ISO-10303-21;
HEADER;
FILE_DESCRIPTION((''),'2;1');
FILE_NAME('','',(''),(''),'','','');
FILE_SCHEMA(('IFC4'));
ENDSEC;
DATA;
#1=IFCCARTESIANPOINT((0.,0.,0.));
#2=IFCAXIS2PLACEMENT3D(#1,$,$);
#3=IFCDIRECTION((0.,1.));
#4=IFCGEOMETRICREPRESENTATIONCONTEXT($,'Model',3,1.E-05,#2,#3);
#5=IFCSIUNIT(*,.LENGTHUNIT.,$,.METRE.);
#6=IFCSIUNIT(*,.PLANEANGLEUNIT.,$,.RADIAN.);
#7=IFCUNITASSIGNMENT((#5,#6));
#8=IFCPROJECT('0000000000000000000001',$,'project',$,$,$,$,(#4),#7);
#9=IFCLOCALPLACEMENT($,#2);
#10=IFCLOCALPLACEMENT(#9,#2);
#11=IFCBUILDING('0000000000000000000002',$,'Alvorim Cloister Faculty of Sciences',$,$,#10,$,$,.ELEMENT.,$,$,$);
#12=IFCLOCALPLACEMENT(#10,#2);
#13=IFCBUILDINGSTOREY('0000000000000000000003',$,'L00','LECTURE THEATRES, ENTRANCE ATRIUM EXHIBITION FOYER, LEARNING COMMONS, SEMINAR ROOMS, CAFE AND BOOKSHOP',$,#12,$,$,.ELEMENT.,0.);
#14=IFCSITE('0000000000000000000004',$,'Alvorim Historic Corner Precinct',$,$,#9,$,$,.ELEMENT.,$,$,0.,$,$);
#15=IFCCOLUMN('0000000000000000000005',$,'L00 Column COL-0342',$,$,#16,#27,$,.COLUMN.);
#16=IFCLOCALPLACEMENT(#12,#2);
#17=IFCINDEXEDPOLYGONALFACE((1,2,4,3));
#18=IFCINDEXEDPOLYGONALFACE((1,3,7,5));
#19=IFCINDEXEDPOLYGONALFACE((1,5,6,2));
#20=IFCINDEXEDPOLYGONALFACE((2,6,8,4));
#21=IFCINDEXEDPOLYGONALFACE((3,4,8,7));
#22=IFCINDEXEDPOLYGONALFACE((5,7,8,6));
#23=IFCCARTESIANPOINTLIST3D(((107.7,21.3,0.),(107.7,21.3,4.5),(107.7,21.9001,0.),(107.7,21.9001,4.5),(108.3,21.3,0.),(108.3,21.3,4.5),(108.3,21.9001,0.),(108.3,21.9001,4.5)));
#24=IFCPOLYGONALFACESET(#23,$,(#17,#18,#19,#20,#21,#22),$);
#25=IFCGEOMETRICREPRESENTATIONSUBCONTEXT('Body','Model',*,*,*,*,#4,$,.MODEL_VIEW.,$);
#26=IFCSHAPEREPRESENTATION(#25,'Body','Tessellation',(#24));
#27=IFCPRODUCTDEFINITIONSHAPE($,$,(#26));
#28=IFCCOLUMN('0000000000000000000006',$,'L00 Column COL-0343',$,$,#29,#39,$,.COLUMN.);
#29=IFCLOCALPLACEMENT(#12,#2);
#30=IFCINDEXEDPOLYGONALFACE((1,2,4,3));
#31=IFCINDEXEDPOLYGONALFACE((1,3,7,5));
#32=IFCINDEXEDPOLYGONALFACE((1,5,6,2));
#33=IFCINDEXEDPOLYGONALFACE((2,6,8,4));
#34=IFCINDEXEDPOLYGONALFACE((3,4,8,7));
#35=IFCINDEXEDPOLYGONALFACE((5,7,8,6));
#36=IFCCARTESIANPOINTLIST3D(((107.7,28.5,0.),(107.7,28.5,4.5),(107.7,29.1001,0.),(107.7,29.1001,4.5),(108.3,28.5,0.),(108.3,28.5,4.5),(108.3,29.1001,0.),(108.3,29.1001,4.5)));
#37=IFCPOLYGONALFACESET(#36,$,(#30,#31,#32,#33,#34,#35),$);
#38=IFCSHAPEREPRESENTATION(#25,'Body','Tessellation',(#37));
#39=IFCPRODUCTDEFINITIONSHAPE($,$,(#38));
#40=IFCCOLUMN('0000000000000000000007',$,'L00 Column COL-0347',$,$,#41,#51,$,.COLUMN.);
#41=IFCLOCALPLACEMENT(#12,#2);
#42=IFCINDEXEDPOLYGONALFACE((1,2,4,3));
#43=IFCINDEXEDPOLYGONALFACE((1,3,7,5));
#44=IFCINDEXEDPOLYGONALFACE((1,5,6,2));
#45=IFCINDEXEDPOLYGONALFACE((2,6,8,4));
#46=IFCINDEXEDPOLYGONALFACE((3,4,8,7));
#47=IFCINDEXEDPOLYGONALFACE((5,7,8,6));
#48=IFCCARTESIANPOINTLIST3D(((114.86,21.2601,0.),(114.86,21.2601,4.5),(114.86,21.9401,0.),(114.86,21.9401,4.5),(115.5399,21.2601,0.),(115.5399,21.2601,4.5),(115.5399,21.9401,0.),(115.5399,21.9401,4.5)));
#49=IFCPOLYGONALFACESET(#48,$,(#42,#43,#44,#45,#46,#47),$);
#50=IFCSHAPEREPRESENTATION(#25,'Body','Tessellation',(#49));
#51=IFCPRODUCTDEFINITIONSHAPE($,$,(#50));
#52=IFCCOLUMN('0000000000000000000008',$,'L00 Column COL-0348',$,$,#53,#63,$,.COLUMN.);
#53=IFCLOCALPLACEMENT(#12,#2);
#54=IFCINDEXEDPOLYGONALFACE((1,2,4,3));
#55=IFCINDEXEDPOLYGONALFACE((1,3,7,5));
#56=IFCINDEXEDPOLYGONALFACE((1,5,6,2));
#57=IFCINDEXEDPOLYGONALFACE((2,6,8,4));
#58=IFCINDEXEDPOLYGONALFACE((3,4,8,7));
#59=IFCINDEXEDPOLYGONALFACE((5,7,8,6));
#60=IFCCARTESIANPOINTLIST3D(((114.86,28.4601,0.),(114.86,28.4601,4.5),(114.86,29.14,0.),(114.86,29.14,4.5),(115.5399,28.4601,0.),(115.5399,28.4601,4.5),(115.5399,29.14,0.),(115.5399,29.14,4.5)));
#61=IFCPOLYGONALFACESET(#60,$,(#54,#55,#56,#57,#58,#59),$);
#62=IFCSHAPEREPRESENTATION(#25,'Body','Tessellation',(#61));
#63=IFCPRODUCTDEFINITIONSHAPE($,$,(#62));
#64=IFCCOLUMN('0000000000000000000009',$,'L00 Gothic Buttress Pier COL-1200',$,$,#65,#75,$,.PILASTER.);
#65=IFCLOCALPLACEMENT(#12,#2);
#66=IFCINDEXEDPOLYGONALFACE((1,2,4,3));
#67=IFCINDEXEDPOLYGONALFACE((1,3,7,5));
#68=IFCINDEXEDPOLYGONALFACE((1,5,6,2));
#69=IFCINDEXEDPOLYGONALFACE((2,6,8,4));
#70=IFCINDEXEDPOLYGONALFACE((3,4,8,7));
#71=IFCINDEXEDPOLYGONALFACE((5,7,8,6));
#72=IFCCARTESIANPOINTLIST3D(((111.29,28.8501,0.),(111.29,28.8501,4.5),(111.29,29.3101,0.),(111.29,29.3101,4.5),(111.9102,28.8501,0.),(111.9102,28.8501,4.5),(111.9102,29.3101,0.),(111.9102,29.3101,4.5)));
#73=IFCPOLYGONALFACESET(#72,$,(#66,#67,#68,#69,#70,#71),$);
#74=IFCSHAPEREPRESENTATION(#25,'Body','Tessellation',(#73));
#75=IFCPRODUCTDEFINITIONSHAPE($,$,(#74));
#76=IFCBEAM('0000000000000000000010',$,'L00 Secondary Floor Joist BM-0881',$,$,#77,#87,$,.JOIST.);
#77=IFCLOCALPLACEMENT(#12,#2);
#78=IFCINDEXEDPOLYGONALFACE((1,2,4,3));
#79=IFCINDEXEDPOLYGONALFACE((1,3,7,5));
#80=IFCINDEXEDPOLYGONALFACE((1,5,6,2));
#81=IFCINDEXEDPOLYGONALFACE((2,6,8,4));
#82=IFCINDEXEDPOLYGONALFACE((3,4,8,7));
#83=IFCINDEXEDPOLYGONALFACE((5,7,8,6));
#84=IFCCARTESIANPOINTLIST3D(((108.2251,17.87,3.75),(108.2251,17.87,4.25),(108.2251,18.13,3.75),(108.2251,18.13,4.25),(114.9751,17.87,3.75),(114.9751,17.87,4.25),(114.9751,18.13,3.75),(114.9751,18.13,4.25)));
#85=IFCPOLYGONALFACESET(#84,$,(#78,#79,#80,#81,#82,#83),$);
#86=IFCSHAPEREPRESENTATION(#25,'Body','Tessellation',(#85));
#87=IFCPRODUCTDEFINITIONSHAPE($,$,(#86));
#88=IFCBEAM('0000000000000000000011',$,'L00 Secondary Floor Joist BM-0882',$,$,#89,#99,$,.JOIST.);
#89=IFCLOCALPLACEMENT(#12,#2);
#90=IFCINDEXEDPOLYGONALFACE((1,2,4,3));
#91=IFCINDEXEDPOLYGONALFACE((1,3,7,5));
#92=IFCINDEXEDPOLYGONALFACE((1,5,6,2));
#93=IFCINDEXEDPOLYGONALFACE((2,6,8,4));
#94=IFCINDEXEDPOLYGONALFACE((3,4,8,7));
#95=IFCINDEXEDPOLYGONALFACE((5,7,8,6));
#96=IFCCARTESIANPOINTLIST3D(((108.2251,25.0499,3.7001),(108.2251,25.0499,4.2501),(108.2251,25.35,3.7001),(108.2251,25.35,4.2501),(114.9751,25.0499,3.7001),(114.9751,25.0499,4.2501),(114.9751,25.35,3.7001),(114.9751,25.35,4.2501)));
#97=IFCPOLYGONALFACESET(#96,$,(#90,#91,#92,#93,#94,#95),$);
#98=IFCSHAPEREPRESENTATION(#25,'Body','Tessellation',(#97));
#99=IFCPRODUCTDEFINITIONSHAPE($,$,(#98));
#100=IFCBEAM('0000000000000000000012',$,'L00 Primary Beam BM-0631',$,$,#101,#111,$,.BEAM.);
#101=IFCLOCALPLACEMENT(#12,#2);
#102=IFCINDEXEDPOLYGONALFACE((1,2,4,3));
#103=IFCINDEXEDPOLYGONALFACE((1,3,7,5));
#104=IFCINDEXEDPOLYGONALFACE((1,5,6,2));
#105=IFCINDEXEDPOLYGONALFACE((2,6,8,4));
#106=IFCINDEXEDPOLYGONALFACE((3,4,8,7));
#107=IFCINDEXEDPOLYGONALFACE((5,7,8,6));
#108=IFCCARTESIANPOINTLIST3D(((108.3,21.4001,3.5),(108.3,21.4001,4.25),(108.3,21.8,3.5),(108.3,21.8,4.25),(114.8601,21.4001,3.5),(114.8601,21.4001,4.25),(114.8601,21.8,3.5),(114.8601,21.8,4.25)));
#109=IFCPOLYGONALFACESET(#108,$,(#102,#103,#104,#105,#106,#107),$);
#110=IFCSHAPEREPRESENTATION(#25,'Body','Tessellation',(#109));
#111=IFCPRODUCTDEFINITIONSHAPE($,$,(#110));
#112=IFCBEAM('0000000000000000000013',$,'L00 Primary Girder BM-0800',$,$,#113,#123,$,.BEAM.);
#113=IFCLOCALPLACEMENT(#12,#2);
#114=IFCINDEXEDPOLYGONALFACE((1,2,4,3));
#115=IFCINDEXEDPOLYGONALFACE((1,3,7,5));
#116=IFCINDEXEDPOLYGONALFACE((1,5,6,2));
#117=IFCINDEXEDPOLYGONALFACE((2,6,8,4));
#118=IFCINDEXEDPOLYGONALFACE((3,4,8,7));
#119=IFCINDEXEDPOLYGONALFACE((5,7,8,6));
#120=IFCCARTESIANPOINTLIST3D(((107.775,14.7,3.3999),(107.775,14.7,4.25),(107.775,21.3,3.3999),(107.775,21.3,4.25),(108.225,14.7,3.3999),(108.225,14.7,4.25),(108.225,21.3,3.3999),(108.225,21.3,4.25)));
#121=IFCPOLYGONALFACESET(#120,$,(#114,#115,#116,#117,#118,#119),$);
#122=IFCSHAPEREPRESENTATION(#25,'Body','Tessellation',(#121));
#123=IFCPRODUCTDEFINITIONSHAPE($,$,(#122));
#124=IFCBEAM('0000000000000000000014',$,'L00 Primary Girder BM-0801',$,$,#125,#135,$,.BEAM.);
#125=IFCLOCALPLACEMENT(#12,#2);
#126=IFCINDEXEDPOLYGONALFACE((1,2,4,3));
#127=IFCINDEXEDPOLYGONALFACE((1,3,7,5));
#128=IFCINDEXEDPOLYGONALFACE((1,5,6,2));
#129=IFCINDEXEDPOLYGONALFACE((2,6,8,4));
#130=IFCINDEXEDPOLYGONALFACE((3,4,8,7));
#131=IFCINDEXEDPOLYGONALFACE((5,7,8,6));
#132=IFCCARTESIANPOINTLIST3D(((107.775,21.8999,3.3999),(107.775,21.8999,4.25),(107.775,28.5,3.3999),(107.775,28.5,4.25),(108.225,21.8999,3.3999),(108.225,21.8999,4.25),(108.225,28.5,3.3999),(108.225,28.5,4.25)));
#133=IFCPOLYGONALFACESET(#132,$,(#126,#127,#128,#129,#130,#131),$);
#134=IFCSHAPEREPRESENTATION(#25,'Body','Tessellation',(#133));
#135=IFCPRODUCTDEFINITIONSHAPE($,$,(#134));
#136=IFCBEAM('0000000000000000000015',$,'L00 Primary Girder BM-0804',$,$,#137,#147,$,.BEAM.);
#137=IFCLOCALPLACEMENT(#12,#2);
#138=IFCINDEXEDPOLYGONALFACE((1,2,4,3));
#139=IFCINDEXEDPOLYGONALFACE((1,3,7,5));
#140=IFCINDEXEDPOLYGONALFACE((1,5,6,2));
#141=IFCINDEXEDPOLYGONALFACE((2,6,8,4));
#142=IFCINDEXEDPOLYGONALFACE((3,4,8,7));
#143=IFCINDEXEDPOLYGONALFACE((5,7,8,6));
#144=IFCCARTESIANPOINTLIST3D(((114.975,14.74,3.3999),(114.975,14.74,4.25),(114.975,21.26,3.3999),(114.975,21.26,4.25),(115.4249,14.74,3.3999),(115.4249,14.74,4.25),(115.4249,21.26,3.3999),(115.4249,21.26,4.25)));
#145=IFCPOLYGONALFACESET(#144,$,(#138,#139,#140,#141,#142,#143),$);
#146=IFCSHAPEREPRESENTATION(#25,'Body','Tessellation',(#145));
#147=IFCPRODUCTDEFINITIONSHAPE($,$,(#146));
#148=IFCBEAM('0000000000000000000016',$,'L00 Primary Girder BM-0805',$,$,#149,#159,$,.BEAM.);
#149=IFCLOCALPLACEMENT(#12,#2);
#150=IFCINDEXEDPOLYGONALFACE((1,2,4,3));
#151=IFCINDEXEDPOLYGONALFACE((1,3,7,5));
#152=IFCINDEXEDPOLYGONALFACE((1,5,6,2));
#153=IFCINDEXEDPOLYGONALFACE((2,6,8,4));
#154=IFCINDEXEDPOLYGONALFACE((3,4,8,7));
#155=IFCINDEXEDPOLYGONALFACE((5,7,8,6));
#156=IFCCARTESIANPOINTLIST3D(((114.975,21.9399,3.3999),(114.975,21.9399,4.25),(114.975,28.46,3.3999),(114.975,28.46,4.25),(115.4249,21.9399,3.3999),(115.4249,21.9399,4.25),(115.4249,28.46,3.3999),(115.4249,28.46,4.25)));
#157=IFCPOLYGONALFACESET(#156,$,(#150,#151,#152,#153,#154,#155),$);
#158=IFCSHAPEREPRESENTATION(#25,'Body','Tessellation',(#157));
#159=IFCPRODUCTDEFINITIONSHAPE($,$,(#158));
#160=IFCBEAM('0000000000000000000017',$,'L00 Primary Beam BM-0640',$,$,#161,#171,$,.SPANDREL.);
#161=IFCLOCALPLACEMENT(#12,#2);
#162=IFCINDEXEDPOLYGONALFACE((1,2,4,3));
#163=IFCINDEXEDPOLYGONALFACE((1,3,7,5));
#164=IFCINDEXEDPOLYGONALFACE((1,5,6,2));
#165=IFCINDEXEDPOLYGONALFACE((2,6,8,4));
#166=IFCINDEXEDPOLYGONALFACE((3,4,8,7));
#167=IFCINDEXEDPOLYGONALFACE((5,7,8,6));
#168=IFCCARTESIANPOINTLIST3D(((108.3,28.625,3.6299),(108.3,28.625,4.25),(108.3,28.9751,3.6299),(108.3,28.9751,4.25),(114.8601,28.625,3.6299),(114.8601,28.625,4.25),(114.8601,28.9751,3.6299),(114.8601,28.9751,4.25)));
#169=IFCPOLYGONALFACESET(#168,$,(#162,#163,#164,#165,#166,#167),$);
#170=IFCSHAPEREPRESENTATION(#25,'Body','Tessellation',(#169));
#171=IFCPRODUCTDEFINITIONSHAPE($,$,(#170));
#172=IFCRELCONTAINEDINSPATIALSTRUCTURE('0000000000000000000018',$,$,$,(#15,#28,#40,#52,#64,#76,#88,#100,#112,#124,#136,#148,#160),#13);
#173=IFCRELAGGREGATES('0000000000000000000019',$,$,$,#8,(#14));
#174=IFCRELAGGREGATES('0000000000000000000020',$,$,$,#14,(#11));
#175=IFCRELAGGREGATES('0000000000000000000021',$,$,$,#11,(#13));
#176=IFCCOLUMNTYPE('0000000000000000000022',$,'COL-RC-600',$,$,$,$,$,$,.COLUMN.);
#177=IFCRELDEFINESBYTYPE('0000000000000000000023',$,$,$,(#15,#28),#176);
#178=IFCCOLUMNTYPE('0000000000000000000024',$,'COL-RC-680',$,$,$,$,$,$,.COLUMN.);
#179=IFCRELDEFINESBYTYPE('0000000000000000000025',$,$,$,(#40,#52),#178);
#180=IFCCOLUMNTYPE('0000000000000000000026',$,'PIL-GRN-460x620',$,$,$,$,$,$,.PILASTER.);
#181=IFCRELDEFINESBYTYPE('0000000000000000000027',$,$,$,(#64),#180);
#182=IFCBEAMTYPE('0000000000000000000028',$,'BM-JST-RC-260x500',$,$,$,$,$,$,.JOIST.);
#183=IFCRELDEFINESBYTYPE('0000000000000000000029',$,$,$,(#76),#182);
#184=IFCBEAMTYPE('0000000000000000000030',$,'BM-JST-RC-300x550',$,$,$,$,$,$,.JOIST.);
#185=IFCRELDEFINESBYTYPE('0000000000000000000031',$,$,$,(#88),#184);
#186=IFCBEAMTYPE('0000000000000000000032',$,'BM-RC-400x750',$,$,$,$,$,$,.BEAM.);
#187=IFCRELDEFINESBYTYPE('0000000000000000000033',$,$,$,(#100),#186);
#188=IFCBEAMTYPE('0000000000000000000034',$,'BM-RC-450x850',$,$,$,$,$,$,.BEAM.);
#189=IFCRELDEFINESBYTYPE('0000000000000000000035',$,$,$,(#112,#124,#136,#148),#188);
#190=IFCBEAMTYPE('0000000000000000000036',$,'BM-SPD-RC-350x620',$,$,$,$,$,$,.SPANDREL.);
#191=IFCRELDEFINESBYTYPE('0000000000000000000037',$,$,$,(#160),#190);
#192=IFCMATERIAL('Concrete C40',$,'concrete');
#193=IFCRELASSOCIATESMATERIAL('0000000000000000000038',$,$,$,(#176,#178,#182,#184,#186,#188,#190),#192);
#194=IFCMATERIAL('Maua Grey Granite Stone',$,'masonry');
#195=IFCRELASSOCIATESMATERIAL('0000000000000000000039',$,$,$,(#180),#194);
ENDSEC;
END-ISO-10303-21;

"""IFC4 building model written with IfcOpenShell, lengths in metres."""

from ifc_helpers import new_model, si_unit, direction, frame, origin, origin_2d, place, context, subcontext, project, spatial, rectangle, extrude, material, material_profile, profile_set, type_object, element, save


model = new_model("IFC4")

# Units and contexts
model_context = context("Model", 3, precision=1e-05, world=origin(), true_north=direction((0.0, 1.0)))
body_context = subcontext(model_context, "Body", "Model", "MODEL_VIEW")
ifc_project = project(units=[si_unit("LENGTHUNIT", "METRE"), si_unit("PLANEANGLEUNIT", "RADIAN")], contexts=[model_context])

# Site, building, storey
site_placement = place(None, origin())
site = spatial("IfcSite", under=ifc_project, at=site_placement, Name="Alvorim Historic Corner Precinct", CompositionType="ELEMENT", RefElevation=0.0)
building_placement = place(site_placement, origin())
building = spatial("IfcBuilding", under=site, at=building_placement, Name="Alvorim Cloister Faculty of Sciences", CompositionType="ELEMENT")
storey_placement = place(building_placement, origin())
storey = spatial("IfcBuildingStorey", under=building, at=storey_placement, Name="L00", Description="LECTURE THEATRES, ENTRANCE ATRIUM EXHIBITION FOYER, LEARNING COMMONS, SEMINAR ROOMS, CAFE AND BOOKSHOP", CompositionType="ELEMENT", Elevation=0.0)

# Columns
ifc_material_1 = material(Name="Concrete C40", Category="concrete")
ifc_material_profile_1 = material_profile(ifc_material_1, rectangle(XDim=0.6001, YDim=0.6001, at=origin_2d()), Name="RC40-COL-600x600")
ifc_profile_set_1 = profile_set([ifc_material_profile_1], Name="Concrete C40")
column_type_1 = type_object("IfcColumnType", Name="COL-RC-600", PredefinedType="COLUMN", material=ifc_profile_set_1)
for number, where, z_axis, x_axis, name in (
    (1, (108.0, 21.6001, 0.0), (0.0, 0.0, 1.0), (1.0, 0.0, 0.0), "L00 Column COL-0342"),
    (2, (108.0, 28.8, 0.0), (0.0, 0.0, 1.0), (1.0, 0.0, 0.0), "L00 Column COL-0343"),
):
    element("IfcColumn", number, at=place(storey_placement, frame(where, z_axis=z_axis, x_axis=x_axis)), inside=storey, type_object=column_type_1, Name=name, PredefinedType="COLUMN", context=body_context, shape_type="SweptSolid", body=[
        extrude(rectangle(XDim=0.6001, YDim=0.6001, at=origin_2d()), origin(), (0.0, 0.0, 1.0), 4.5),
    ])
ifc_material_profile_2 = material_profile(ifc_material_1, rectangle(XDim=0.6799, YDim=0.6799, at=origin_2d()), Name="RC40-COL-680x680")
ifc_profile_set_2 = profile_set([ifc_material_profile_2], Name="Concrete C40")
column_type_2 = type_object("IfcColumnType", Name="COL-RC-680", PredefinedType="COLUMN", material=ifc_profile_set_2)
for number, where, z_axis, x_axis, name in (
    (3, (115.2, 21.6001, 0.0), (0.0, 0.0, 1.0), (1.0, 0.0, 0.0), "L00 Column COL-0347"),
    (4, (115.2, 28.8, 0.0), (0.0, 0.0, 1.0), (1.0, 0.0, 0.0), "L00 Column COL-0348"),
):
    element("IfcColumn", number, at=place(storey_placement, frame(where, z_axis=z_axis, x_axis=x_axis)), inside=storey, type_object=column_type_2, Name=name, PredefinedType="COLUMN", context=body_context, shape_type="SweptSolid", body=[
        extrude(rectangle(XDim=0.6799, YDim=0.6799, at=origin_2d()), origin(), (0.0, 0.0, 1.0), 4.5),
    ])
ifc_material_2 = material(Name="Maua Grey Granite Stone", Category="masonry")
ifc_material_profile_3 = material_profile(ifc_material_2, rectangle(XDim=0.46, YDim=0.6201, at=origin_2d()), Name="GRN-PIER-460x620")
ifc_profile_set_3 = profile_set([ifc_material_profile_3], Name="Maua Grey Granite Stone")
column_type_3 = type_object("IfcColumnType", Name="PIL-GRN-460x620", PredefinedType="PILASTER", material=ifc_profile_set_3)
column_placement = place(storey_placement, frame((111.6001, 29.0801, 0.0), z_axis=(0.0, 0.0, 1.0), x_axis=(0.0, 1.0, 0.0)))
element("IfcColumn", 5, at=column_placement, inside=storey, type_object=column_type_3, Name="L00 Gothic Buttress Pier COL-1200", PredefinedType="PILASTER", context=body_context, shape_type="SweptSolid", body=[
    extrude(rectangle(XDim=0.46, YDim=0.6201, at=origin_2d()), origin(), (0.0, 0.0, 1.0), 4.5),
])

# Beams
ifc_material_profile_4 = material_profile(ifc_material_1, rectangle(XDim=0.26, YDim=0.5, at=origin_2d()), Name="RC40-JST-260x500")
ifc_profile_set_4 = profile_set([ifc_material_profile_4], Name="Concrete C40")
beam_type_1 = type_object("IfcBeamType", Name="BM-JST-RC-260x500", PredefinedType="JOIST", material=ifc_profile_set_4)
beam_1_placement = place(storey_placement, frame((108.2251, 18.0, 4.0), z_axis=(1.0, 0.0, 0.0), x_axis=(0.0, 1.0, 0.0)))
element("IfcBeam", 6, at=beam_1_placement, inside=storey, type_object=beam_type_1, Name="L00 Secondary Floor Joist BM-0881", PredefinedType="JOIST", context=body_context, shape_type="SweptSolid", body=[
    extrude(rectangle(XDim=0.26, YDim=0.5, at=origin_2d()), origin(), (0.0, 0.0, 1.0), 6.75),
])
ifc_material_profile_5 = material_profile(ifc_material_1, rectangle(XDim=0.3, YDim=0.55, at=origin_2d()), Name="RC40-JST-300x550")
ifc_profile_set_5 = profile_set([ifc_material_profile_5], Name="Concrete C40")
beam_type_2 = type_object("IfcBeamType", Name="BM-JST-RC-300x550", PredefinedType="JOIST", material=ifc_profile_set_5)
beam_2_placement = place(storey_placement, frame((108.2251, 25.2, 3.9751), z_axis=(1.0, 0.0, 0.0), x_axis=(0.0, 1.0, 0.0)))
element("IfcBeam", 7, at=beam_2_placement, inside=storey, type_object=beam_type_2, Name="L00 Secondary Floor Joist BM-0882", PredefinedType="JOIST", context=body_context, shape_type="SweptSolid", body=[
    extrude(rectangle(XDim=0.3, YDim=0.55, at=origin_2d()), origin(), (0.0, 0.0, 1.0), 6.75),
])
ifc_material_profile_6 = material_profile(ifc_material_1, rectangle(XDim=0.3999, YDim=0.75, at=origin_2d()), Name="RC40-BM-400x750")
ifc_profile_set_6 = profile_set([ifc_material_profile_6], Name="Concrete C40")
beam_type_3 = type_object("IfcBeamType", Name="BM-RC-400x750", PredefinedType="BEAM", material=ifc_profile_set_6)
beam_3_placement = place(storey_placement, frame((108.3, 21.6001, 3.875), z_axis=(1.0, 0.0, 0.0), x_axis=(0.0, 1.0, 0.0)))
element("IfcBeam", 8, at=beam_3_placement, inside=storey, type_object=beam_type_3, Name="L00 Primary Beam BM-0631", PredefinedType="BEAM", context=body_context, shape_type="SweptSolid", body=[
    extrude(rectangle(XDim=0.3999, YDim=0.75, at=origin_2d()), origin(), (0.0, 0.0, 1.0), 6.5601),
])
ifc_material_profile_7 = material_profile(ifc_material_1, rectangle(XDim=0.45, YDim=0.8501, at=origin_2d()), Name="RC40-BM-450x850")
ifc_profile_set_7 = profile_set([ifc_material_profile_7], Name="Concrete C40")
beam_type_4 = type_object("IfcBeamType", Name="BM-RC-450x850", PredefinedType="BEAM", material=ifc_profile_set_7)
for number, where, z_axis, x_axis, name in (
    (9, (108.0, 14.7, 3.825), (0.0, 1.0, 0.0), (-1.0, 0.0, 0.0), "L00 Primary Girder BM-0800"),
    (10, (108.0, 21.8999, 3.825), (0.0, 1.0, 0.0), (-1.0, 0.0, 0.0), "L00 Primary Girder BM-0801"),
):
    element("IfcBeam", number, at=place(storey_placement, frame(where, z_axis=z_axis, x_axis=x_axis)), inside=storey, type_object=beam_type_4, Name=name, PredefinedType="BEAM", context=body_context, shape_type="SweptSolid", body=[
        extrude(rectangle(XDim=0.45, YDim=0.8501, at=origin_2d()), origin(), (0.0, 0.0, 1.0), 6.6001),
    ])
for number, where, z_axis, x_axis, name in (
    (11, (115.2, 14.74, 3.825), (0.0, 1.0, 0.0), (-1.0, 0.0, 0.0), "L00 Primary Girder BM-0804"),
    (12, (115.2, 21.9399, 3.825), (0.0, 1.0, 0.0), (-1.0, 0.0, 0.0), "L00 Primary Girder BM-0805"),
):
    element("IfcBeam", number, at=place(storey_placement, frame(where, z_axis=z_axis, x_axis=x_axis)), inside=storey, type_object=beam_type_4, Name=name, PredefinedType="BEAM", context=body_context, shape_type="SweptSolid", body=[
        extrude(rectangle(XDim=0.45, YDim=0.8501, at=origin_2d()), origin(), (0.0, 0.0, 1.0), 6.52),
    ])
ifc_material_profile_8 = material_profile(ifc_material_1, rectangle(XDim=0.3501, YDim=0.6201, at=origin_2d()), Name="RC40-SPD-350x620")
ifc_profile_set_8 = profile_set([ifc_material_profile_8], Name="Concrete C40")
beam_type_5 = type_object("IfcBeamType", Name="BM-SPD-RC-350x620", PredefinedType="SPANDREL", material=ifc_profile_set_8)
beam_4_placement = place(storey_placement, frame((108.3, 28.8, 3.9399), z_axis=(1.0, 0.0, 0.0), x_axis=(0.0, 1.0, 0.0)))
element("IfcBeam", 13, at=beam_4_placement, inside=storey, type_object=beam_type_5, Name="L00 Primary Beam BM-0640", PredefinedType="SPANDREL", context=body_context, shape_type="SweptSolid", body=[
    extrude(rectangle(XDim=0.3501, YDim=0.6201, at=origin_2d()), origin(), (0.0, 0.0, 1.0), 6.5601),
])

save(model, "model.ifc")
